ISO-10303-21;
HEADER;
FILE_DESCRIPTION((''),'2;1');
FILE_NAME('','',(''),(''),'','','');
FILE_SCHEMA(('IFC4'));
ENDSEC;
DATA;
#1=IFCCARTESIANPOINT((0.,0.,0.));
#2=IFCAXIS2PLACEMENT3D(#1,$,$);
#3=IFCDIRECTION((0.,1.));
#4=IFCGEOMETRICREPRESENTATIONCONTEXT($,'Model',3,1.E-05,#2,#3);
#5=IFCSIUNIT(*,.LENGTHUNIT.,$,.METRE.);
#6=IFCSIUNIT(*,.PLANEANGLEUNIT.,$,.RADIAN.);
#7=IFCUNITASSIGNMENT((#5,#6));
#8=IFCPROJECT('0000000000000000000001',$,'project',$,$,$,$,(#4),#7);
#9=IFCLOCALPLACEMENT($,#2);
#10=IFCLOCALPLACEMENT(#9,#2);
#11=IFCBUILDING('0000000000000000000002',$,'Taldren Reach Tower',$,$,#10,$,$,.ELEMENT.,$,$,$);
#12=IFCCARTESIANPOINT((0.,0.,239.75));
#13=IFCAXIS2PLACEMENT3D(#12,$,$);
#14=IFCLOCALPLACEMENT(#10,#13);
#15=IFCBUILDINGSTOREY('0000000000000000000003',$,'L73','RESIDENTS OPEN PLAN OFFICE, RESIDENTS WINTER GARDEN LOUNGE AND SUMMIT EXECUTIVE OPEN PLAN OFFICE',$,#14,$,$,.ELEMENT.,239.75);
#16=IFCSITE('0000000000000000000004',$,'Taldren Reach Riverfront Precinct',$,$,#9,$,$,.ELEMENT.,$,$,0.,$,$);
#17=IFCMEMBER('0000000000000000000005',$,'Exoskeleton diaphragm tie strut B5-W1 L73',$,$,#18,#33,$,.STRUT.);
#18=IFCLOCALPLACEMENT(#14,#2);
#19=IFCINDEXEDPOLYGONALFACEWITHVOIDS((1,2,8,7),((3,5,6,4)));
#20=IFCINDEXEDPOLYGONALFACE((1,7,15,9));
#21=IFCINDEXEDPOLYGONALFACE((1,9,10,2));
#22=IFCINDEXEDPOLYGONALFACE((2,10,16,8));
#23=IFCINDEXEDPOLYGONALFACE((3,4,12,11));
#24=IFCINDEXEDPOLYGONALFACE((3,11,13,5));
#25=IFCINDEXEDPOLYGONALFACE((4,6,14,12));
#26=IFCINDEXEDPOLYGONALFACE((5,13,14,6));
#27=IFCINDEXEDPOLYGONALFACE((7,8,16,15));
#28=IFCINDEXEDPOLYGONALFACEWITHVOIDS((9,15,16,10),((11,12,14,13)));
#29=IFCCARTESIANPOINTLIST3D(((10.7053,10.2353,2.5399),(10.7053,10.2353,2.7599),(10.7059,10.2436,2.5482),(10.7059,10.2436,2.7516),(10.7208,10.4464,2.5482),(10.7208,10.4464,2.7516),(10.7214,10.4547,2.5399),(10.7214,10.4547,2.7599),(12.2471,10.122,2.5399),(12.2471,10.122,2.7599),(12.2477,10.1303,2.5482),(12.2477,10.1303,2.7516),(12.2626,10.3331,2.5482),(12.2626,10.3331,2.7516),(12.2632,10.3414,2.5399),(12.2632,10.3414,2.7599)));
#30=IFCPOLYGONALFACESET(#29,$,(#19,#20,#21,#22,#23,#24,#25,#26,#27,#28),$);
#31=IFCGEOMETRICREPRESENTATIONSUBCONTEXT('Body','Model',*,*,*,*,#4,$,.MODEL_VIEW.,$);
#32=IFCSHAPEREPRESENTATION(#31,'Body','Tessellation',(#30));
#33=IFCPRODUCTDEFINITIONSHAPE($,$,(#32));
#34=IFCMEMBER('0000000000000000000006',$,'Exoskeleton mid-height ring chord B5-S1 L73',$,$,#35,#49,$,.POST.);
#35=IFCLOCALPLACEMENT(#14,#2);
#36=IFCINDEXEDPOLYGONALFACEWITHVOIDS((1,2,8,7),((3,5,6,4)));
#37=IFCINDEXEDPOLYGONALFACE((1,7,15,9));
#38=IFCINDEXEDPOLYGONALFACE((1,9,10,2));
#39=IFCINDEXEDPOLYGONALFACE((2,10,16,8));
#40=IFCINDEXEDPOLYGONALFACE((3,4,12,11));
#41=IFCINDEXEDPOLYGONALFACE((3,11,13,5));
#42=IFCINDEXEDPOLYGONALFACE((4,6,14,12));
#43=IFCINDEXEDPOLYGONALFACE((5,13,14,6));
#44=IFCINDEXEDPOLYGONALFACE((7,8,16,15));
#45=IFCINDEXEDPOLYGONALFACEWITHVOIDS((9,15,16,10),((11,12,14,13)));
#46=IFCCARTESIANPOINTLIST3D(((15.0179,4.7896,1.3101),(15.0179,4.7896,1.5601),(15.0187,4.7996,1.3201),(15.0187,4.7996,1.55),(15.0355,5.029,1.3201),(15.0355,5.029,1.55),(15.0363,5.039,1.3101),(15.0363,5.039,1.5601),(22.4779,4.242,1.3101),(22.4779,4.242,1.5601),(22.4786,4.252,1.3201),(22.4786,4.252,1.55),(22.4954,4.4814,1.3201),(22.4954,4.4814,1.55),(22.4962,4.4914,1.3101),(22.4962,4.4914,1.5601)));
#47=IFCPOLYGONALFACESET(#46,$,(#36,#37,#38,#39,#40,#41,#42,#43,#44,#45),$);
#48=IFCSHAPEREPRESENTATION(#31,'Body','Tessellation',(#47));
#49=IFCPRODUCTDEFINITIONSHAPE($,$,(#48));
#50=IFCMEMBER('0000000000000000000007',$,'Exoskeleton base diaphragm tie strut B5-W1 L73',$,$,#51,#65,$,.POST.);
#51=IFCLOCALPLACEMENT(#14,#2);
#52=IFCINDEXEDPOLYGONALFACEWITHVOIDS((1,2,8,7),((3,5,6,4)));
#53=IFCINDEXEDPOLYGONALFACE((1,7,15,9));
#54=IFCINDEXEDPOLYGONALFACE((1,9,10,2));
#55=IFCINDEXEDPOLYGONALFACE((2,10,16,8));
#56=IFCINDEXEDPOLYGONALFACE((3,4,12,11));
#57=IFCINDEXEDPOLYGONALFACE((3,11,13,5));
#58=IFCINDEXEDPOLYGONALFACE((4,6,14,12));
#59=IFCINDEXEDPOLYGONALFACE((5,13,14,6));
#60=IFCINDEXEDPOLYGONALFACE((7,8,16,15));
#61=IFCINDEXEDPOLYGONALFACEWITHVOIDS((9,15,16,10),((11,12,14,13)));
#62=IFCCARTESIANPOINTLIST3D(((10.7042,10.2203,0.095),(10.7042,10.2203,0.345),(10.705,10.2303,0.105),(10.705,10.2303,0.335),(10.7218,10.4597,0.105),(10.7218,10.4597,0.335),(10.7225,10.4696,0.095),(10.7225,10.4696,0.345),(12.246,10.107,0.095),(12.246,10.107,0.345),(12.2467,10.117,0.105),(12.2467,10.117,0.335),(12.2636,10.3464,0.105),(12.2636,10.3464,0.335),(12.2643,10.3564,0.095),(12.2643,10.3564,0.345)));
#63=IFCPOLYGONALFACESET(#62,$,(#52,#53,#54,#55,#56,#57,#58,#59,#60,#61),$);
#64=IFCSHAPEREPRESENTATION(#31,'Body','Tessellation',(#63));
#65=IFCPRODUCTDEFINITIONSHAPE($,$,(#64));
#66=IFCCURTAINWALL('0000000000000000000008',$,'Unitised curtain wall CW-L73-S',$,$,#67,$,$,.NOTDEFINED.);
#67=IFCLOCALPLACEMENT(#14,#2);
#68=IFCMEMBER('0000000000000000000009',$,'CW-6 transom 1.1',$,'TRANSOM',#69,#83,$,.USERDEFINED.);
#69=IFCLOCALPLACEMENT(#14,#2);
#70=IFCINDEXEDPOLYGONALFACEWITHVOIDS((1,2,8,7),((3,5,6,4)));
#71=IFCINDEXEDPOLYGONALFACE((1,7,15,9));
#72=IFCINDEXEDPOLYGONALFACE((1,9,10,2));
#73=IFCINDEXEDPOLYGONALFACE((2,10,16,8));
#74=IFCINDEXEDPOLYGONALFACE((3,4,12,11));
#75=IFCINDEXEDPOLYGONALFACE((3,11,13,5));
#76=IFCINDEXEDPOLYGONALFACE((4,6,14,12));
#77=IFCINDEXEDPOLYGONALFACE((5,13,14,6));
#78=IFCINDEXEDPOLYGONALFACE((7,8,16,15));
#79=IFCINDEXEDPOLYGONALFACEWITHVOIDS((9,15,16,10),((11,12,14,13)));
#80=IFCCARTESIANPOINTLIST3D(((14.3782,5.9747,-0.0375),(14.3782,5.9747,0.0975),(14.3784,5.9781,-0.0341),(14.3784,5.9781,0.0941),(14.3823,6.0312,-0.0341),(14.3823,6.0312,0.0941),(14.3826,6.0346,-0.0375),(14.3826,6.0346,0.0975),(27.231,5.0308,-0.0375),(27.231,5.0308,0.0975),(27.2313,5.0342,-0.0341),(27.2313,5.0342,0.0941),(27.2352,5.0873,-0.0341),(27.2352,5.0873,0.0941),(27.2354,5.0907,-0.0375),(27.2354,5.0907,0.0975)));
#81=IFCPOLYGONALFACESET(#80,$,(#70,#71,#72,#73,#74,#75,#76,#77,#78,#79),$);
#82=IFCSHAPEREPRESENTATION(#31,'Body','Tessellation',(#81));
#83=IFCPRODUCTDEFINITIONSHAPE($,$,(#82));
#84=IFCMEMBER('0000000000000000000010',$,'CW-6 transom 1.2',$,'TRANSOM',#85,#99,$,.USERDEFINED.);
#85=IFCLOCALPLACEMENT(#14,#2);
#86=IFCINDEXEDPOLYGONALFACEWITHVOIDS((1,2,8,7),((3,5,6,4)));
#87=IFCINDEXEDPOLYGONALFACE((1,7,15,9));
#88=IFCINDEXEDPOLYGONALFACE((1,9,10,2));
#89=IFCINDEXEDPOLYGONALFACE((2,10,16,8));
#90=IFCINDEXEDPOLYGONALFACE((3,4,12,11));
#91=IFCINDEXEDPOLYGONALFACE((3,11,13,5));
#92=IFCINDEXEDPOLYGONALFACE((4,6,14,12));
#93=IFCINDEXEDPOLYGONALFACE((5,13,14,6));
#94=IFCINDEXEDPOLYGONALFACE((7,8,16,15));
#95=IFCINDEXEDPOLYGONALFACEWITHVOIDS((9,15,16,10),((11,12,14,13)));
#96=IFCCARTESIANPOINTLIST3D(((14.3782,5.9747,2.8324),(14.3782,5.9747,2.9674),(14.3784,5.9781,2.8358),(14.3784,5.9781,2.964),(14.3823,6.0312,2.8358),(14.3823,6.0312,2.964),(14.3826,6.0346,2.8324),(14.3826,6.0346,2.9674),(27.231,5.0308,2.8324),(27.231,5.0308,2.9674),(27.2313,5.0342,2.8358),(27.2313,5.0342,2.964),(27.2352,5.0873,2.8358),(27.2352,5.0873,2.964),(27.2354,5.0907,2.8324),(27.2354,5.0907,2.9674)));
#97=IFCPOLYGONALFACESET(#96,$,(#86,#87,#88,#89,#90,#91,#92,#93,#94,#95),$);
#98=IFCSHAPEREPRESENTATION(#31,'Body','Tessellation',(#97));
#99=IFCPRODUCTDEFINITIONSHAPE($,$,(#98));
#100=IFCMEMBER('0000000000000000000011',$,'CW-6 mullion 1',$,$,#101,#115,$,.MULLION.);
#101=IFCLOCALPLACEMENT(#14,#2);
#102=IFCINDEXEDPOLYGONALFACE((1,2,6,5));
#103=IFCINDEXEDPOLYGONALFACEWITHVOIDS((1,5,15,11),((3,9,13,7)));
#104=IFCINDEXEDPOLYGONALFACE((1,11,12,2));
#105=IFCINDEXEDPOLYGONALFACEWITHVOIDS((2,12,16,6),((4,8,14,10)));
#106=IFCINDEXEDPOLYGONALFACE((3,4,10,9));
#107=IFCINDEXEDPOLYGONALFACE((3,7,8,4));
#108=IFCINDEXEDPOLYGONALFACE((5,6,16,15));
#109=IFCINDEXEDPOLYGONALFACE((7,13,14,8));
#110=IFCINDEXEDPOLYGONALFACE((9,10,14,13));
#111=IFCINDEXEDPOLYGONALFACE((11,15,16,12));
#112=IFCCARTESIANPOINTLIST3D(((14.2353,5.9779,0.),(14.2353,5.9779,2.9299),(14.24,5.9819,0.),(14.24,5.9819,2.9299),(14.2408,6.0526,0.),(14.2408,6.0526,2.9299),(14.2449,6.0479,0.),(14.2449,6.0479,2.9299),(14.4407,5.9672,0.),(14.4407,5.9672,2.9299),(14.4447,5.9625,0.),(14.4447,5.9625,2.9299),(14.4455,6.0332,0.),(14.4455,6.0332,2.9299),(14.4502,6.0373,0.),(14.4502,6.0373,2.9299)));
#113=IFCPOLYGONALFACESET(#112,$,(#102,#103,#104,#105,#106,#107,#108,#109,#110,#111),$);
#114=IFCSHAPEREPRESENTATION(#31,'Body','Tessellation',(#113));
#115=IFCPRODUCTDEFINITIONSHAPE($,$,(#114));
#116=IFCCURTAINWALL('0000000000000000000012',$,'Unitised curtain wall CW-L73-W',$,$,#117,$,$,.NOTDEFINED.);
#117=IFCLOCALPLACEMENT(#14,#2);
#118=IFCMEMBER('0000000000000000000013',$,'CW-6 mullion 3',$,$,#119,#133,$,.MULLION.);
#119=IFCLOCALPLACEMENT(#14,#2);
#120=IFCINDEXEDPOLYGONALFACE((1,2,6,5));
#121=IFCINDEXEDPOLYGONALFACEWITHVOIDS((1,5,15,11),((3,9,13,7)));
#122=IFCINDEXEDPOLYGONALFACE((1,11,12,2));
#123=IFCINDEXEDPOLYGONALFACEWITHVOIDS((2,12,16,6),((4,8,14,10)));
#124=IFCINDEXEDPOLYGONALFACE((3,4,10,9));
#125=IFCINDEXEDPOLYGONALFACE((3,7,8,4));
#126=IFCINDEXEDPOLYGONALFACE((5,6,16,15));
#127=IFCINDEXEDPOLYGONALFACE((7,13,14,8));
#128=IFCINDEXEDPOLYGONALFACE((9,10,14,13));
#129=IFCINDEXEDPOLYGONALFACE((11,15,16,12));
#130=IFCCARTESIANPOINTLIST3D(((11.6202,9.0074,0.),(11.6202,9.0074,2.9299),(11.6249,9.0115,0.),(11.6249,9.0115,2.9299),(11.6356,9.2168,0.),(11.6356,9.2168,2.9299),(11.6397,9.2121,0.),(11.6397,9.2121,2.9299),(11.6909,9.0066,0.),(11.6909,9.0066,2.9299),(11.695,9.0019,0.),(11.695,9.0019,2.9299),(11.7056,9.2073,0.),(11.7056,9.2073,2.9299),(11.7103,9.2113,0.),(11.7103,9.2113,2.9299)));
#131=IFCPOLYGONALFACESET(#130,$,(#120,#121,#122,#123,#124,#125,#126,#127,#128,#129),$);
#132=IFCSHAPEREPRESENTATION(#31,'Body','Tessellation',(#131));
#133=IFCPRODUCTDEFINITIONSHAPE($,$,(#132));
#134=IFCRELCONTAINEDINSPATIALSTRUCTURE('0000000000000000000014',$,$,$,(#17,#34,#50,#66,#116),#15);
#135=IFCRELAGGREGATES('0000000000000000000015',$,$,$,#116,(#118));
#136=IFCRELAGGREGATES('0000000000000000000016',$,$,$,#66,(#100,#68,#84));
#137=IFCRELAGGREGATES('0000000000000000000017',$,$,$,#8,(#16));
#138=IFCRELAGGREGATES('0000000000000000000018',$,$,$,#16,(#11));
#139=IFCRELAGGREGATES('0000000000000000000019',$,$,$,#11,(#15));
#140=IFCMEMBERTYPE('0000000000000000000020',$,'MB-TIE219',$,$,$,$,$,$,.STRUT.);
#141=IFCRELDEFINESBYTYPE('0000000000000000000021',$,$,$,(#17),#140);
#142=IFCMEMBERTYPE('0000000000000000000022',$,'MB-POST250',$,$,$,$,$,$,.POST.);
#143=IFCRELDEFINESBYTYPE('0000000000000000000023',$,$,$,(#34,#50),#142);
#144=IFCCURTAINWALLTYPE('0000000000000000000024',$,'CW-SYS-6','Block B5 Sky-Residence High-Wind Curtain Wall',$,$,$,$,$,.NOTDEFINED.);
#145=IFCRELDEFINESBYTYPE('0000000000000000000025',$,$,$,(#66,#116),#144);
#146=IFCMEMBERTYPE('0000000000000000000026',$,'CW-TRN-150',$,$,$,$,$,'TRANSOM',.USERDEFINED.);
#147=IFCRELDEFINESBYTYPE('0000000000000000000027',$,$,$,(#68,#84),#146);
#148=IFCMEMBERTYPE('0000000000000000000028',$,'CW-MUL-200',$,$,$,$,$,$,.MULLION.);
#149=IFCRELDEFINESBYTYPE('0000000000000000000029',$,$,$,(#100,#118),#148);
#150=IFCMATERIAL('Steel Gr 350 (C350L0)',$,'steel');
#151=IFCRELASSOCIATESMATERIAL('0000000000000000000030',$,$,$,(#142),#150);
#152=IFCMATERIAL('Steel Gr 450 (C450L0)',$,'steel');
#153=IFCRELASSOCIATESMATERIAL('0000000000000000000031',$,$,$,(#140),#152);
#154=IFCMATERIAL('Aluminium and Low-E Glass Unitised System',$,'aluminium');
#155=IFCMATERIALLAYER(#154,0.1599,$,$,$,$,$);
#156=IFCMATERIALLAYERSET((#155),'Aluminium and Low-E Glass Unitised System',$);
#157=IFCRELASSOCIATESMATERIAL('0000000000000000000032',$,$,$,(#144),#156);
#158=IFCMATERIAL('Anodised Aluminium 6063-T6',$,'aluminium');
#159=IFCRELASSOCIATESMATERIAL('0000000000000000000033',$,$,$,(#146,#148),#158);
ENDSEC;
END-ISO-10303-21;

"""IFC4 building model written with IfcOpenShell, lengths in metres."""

from ifc_helpers import new_model, si_unit, direction, frame, origin, origin_2d, place, context, subcontext, project, spatial, hollow_rectangle, extrude, source, transform, mapped, material, layer, layer_set, material_profile, profile_set, type_object, element, aggregate, save


model = new_model("IFC4")

# Units and contexts
model_context = context("Model", 3, precision=1e-05, world=origin(), true_north=direction((0.0, 1.0)))
body_context = subcontext(model_context, "Body", "Model", "MODEL_VIEW")
ifc_project = project(units=[si_unit("LENGTHUNIT", "METRE"), si_unit("PLANEANGLEUNIT", "RADIAN")], contexts=[model_context])

# Site, building, storey
site_placement = place(None, origin())
site = spatial("IfcSite", under=ifc_project, at=site_placement, Name="Taldren Reach Riverfront Precinct", CompositionType="ELEMENT", RefElevation=0.0)
building_placement = place(site_placement, origin())
building = spatial("IfcBuilding", under=site, at=building_placement, Name="Taldren Reach Tower", CompositionType="ELEMENT")
storey_placement = place(building_placement, frame((0.0, 0.0, 239.75)))
storey = spatial("IfcBuildingStorey", under=building, at=storey_placement, Name="L73", Description="RESIDENTS OPEN PLAN OFFICE, RESIDENTS WINTER GARDEN LOUNGE AND SUMMIT EXECUTIVE OPEN PLAN OFFICE", CompositionType="ELEMENT", Elevation=239.75)

# Shared definitions
ifc_material_1 = material(Name="Steel Gr 350 (C350L0)", Category="steel")

# Shared definitions
ifc_material_profile_1 = material_profile(ifc_material_1, hollow_rectangle(XDim=0.25, YDim=0.25, WallThickness=0.01, at=origin_2d()), Name="250x250x10.0SHS")
ifc_profile_set_1 = profile_set([ifc_material_profile_1], Name="Steel Gr 350 (C350L0)")
member_type_1 = type_object("IfcMemberType", Name="MB-POST250", PredefinedType="POST", material=ifc_profile_set_1)
ifc_material_2 = material(Name="Steel Gr 450 (C450L0)", Category="steel")
ifc_material_profile_2 = material_profile(ifc_material_2, hollow_rectangle(XDim=0.22, YDim=0.22, WallThickness=0.0083, at=origin_2d()), Name="220x220x8.2SHS")
ifc_profile_set_2 = profile_set([ifc_material_profile_2], Name="Steel Gr 450 (C450L0)")
member_type_2 = type_object("IfcMemberType", Name="MB-TIE219", PredefinedType="STRUT", material=ifc_profile_set_2)

# Members
shared_shape_1 = source(origin(), body_context, "Body", "SweptSolid", [
    extrude(hollow_rectangle(XDim=0.22, YDim=0.22, WallThickness=0.0083, at=origin_2d()), origin(), (0.0, 0.0, 1.0), 1.5459),
])
member_1_placement = place(storey_placement, frame((12.2551, 10.2317, 2.6499), z_axis=(-0.997312, 0.073278, 0.0), x_axis=(-0.073278, -0.997312, 0.0)))
element("IfcMember", 1, at=member_1_placement, inside=storey, type_object=member_type_2, Name="Exoskeleton diaphragm tie strut B5-W1 L73", PredefinedType="STRUT", context=body_context, shape_type="MappedRepresentation", body=[
    mapped(shared_shape_1, transform((0.0, 0.0, 0.0), scale=1.0)),
])
shared_shape_2 = source(origin(), body_context, "Body", "SweptSolid", [
    extrude(hollow_rectangle(XDim=0.25, YDim=0.25, WallThickness=0.01, at=origin_2d()), origin(), (0.0, 0.0, 1.0), 7.48),
])
member_2_placement = place(storey_placement, frame((15.0271, 4.9143, 1.4351), z_axis=(0.997317, -0.073209, 0.0), x_axis=(0.073209, 0.997317, 0.0)))
element("IfcMember", 2, at=member_2_placement, inside=storey, type_object=member_type_1, Name="Exoskeleton mid-height ring chord B5-S1 L73", PredefinedType="POST", context=body_context, shape_type="MappedRepresentation", body=[
    mapped(shared_shape_2, transform((0.0, 0.0, 0.0), scale=1.0)),
])
shared_shape_3 = source(origin(), body_context, "Body", "SweptSolid", [
    extrude(hollow_rectangle(XDim=0.25, YDim=0.25, WallThickness=0.01, at=origin_2d()), origin(), (0.0, 0.0, 1.0), 1.5459),
])
member_3_placement = place(storey_placement, frame((12.2551, 10.2317, 0.22), z_axis=(-0.997312, 0.073278, 0.0), x_axis=(-0.073278, -0.997312, 0.0)))
element("IfcMember", 3, at=member_3_placement, inside=storey, type_object=member_type_1, Name="Exoskeleton base diaphragm tie strut B5-W1 L73", PredefinedType="POST", context=body_context, shape_type="MappedRepresentation", body=[
    mapped(shared_shape_3, transform((0.0, 0.0, 0.0), scale=1.0)),
])

# Curtain wall, members
ifc_material_3 = material(Name="Aluminium and Low-E Glass Unitised System", Category="aluminium")
ifc_layer_1 = layer(ifc_material_3, 0.1599)
ifc_layer_set_1 = layer_set([ifc_layer_1], Name="Aluminium and Low-E Glass Unitised System")
curtain_wall_type = type_object("IfcCurtainWallType", Name="CW-SYS-6", Description="Block B5 Sky-Residence High-Wind Curtain Wall", PredefinedType="NOTDEFINED", material=ifc_layer_set_1)
curtain_wall_1_placement = place(storey_placement, origin())
curtain_wall_1 = element("IfcCurtainWall", 4, at=curtain_wall_1_placement, inside=storey, type_object=curtain_wall_type, Name="Unitised curtain wall CW-L73-S", PredefinedType="NOTDEFINED")
ifc_material_4 = material(Name="Anodised Aluminium 6063-T6", Category="aluminium")
ifc_material_profile_3 = material_profile(ifc_material_4, hollow_rectangle(XDim=0.0601, YDim=0.135, WallThickness=0.0034, at=origin_2d()), Name="ALU-135x60x3.5RHS")
ifc_profile_set_3 = profile_set([ifc_material_profile_3], Name="Anodised Aluminium 6063-T6")
member_type_3 = type_object("IfcMemberType", Name="CW-TRN-150", ElementType="TRANSOM", PredefinedType="USERDEFINED", material=ifc_profile_set_3)
shared_shape_4 = source(origin(), body_context, "Body", "SweptSolid", [
    extrude(hollow_rectangle(XDim=0.0601, YDim=0.135, WallThickness=0.0034, at=origin_2d()), origin(), (0.0, 0.0, 1.0), 12.8875),
])
member_4_placement = place(storey_placement, frame((14.3804, 6.0046, 0.03), z_axis=(0.997314, -0.073238, 0.0), x_axis=(0.073238, 0.997314, 0.0)))
member_4 = element("IfcMember", 5, at=member_4_placement, type_object=member_type_3, Name="CW-6 transom 1.1", ObjectType="TRANSOM", PredefinedType="USERDEFINED", context=body_context, shape_type="MappedRepresentation", body=[
    mapped(shared_shape_4, transform((0.0, 0.0, 0.0), scale=1.0)),
])
member_5_placement = place(storey_placement, frame((14.3804, 6.0046, 2.8999), z_axis=(0.997314, -0.073238, 0.0), x_axis=(0.073238, 0.997314, 0.0)))
member_5 = element("IfcMember", 6, at=member_5_placement, type_object=member_type_3, Name="CW-6 transom 1.2", ObjectType="TRANSOM", PredefinedType="USERDEFINED", context=body_context, shape_type="MappedRepresentation", body=[
    mapped(shared_shape_4, transform((0.0, 0.0, 0.0), scale=1.0)),
])
ifc_material_profile_4 = material_profile(ifc_material_4, hollow_rectangle(XDim=0.075, YDim=0.21, WallThickness=0.0044, at=origin_2d()), Name="ALU-210x75x4.5RHS")
ifc_profile_set_4 = profile_set([ifc_material_profile_4], Name="Anodised Aluminium 6063-T6")
member_type_4 = type_object("IfcMemberType", Name="CW-MUL-200", PredefinedType="MULLION", material=ifc_profile_set_4)
shared_shape_5 = source(origin(), body_context, "Body", "SweptSolid", [
    extrude(hollow_rectangle(XDim=0.075, YDim=0.21, WallThickness=0.0044, at=origin_2d()), origin(), (0.0, 0.0, 1.0), 2.9299),
])
member_6_placement = place(storey_placement, frame((14.3428, 6.0076, 0.0), z_axis=(0.0, 0.0, 1.0), x_axis=(0.073238, 0.997314, 0.0)))
member_6 = element("IfcMember", 7, at=member_6_placement, type_object=member_type_4, Name="CW-6 mullion 1", PredefinedType="MULLION", context=body_context, shape_type="MappedRepresentation", body=[
    mapped(shared_shape_5, transform((0.0, 0.0, 0.0), scale=1.0)),
])

# Curtain wall, member
curtain_wall_2_placement = place(storey_placement, origin())
curtain_wall_2 = element("IfcCurtainWall", 8, at=curtain_wall_2_placement, inside=storey, type_object=curtain_wall_type, Name="Unitised curtain wall CW-L73-W", PredefinedType="NOTDEFINED")
member_7_placement = place(storey_placement, frame((11.6653, 9.1094, 0.0), z_axis=(0.0, 0.0, 1.0), x_axis=(0.997314, -0.073238, 0.0)))
member_7 = element("IfcMember", 9, at=member_7_placement, type_object=member_type_4, Name="CW-6 mullion 3", PredefinedType="MULLION", context=body_context, shape_type="MappedRepresentation", body=[
    mapped(shared_shape_5, transform((0.0, 0.0, 0.0), scale=1.0)),
])
aggregate(curtain_wall_2, [member_7])

aggregate(curtain_wall_1, [member_6, member_4, member_5])

save(model, "model.ifc")
